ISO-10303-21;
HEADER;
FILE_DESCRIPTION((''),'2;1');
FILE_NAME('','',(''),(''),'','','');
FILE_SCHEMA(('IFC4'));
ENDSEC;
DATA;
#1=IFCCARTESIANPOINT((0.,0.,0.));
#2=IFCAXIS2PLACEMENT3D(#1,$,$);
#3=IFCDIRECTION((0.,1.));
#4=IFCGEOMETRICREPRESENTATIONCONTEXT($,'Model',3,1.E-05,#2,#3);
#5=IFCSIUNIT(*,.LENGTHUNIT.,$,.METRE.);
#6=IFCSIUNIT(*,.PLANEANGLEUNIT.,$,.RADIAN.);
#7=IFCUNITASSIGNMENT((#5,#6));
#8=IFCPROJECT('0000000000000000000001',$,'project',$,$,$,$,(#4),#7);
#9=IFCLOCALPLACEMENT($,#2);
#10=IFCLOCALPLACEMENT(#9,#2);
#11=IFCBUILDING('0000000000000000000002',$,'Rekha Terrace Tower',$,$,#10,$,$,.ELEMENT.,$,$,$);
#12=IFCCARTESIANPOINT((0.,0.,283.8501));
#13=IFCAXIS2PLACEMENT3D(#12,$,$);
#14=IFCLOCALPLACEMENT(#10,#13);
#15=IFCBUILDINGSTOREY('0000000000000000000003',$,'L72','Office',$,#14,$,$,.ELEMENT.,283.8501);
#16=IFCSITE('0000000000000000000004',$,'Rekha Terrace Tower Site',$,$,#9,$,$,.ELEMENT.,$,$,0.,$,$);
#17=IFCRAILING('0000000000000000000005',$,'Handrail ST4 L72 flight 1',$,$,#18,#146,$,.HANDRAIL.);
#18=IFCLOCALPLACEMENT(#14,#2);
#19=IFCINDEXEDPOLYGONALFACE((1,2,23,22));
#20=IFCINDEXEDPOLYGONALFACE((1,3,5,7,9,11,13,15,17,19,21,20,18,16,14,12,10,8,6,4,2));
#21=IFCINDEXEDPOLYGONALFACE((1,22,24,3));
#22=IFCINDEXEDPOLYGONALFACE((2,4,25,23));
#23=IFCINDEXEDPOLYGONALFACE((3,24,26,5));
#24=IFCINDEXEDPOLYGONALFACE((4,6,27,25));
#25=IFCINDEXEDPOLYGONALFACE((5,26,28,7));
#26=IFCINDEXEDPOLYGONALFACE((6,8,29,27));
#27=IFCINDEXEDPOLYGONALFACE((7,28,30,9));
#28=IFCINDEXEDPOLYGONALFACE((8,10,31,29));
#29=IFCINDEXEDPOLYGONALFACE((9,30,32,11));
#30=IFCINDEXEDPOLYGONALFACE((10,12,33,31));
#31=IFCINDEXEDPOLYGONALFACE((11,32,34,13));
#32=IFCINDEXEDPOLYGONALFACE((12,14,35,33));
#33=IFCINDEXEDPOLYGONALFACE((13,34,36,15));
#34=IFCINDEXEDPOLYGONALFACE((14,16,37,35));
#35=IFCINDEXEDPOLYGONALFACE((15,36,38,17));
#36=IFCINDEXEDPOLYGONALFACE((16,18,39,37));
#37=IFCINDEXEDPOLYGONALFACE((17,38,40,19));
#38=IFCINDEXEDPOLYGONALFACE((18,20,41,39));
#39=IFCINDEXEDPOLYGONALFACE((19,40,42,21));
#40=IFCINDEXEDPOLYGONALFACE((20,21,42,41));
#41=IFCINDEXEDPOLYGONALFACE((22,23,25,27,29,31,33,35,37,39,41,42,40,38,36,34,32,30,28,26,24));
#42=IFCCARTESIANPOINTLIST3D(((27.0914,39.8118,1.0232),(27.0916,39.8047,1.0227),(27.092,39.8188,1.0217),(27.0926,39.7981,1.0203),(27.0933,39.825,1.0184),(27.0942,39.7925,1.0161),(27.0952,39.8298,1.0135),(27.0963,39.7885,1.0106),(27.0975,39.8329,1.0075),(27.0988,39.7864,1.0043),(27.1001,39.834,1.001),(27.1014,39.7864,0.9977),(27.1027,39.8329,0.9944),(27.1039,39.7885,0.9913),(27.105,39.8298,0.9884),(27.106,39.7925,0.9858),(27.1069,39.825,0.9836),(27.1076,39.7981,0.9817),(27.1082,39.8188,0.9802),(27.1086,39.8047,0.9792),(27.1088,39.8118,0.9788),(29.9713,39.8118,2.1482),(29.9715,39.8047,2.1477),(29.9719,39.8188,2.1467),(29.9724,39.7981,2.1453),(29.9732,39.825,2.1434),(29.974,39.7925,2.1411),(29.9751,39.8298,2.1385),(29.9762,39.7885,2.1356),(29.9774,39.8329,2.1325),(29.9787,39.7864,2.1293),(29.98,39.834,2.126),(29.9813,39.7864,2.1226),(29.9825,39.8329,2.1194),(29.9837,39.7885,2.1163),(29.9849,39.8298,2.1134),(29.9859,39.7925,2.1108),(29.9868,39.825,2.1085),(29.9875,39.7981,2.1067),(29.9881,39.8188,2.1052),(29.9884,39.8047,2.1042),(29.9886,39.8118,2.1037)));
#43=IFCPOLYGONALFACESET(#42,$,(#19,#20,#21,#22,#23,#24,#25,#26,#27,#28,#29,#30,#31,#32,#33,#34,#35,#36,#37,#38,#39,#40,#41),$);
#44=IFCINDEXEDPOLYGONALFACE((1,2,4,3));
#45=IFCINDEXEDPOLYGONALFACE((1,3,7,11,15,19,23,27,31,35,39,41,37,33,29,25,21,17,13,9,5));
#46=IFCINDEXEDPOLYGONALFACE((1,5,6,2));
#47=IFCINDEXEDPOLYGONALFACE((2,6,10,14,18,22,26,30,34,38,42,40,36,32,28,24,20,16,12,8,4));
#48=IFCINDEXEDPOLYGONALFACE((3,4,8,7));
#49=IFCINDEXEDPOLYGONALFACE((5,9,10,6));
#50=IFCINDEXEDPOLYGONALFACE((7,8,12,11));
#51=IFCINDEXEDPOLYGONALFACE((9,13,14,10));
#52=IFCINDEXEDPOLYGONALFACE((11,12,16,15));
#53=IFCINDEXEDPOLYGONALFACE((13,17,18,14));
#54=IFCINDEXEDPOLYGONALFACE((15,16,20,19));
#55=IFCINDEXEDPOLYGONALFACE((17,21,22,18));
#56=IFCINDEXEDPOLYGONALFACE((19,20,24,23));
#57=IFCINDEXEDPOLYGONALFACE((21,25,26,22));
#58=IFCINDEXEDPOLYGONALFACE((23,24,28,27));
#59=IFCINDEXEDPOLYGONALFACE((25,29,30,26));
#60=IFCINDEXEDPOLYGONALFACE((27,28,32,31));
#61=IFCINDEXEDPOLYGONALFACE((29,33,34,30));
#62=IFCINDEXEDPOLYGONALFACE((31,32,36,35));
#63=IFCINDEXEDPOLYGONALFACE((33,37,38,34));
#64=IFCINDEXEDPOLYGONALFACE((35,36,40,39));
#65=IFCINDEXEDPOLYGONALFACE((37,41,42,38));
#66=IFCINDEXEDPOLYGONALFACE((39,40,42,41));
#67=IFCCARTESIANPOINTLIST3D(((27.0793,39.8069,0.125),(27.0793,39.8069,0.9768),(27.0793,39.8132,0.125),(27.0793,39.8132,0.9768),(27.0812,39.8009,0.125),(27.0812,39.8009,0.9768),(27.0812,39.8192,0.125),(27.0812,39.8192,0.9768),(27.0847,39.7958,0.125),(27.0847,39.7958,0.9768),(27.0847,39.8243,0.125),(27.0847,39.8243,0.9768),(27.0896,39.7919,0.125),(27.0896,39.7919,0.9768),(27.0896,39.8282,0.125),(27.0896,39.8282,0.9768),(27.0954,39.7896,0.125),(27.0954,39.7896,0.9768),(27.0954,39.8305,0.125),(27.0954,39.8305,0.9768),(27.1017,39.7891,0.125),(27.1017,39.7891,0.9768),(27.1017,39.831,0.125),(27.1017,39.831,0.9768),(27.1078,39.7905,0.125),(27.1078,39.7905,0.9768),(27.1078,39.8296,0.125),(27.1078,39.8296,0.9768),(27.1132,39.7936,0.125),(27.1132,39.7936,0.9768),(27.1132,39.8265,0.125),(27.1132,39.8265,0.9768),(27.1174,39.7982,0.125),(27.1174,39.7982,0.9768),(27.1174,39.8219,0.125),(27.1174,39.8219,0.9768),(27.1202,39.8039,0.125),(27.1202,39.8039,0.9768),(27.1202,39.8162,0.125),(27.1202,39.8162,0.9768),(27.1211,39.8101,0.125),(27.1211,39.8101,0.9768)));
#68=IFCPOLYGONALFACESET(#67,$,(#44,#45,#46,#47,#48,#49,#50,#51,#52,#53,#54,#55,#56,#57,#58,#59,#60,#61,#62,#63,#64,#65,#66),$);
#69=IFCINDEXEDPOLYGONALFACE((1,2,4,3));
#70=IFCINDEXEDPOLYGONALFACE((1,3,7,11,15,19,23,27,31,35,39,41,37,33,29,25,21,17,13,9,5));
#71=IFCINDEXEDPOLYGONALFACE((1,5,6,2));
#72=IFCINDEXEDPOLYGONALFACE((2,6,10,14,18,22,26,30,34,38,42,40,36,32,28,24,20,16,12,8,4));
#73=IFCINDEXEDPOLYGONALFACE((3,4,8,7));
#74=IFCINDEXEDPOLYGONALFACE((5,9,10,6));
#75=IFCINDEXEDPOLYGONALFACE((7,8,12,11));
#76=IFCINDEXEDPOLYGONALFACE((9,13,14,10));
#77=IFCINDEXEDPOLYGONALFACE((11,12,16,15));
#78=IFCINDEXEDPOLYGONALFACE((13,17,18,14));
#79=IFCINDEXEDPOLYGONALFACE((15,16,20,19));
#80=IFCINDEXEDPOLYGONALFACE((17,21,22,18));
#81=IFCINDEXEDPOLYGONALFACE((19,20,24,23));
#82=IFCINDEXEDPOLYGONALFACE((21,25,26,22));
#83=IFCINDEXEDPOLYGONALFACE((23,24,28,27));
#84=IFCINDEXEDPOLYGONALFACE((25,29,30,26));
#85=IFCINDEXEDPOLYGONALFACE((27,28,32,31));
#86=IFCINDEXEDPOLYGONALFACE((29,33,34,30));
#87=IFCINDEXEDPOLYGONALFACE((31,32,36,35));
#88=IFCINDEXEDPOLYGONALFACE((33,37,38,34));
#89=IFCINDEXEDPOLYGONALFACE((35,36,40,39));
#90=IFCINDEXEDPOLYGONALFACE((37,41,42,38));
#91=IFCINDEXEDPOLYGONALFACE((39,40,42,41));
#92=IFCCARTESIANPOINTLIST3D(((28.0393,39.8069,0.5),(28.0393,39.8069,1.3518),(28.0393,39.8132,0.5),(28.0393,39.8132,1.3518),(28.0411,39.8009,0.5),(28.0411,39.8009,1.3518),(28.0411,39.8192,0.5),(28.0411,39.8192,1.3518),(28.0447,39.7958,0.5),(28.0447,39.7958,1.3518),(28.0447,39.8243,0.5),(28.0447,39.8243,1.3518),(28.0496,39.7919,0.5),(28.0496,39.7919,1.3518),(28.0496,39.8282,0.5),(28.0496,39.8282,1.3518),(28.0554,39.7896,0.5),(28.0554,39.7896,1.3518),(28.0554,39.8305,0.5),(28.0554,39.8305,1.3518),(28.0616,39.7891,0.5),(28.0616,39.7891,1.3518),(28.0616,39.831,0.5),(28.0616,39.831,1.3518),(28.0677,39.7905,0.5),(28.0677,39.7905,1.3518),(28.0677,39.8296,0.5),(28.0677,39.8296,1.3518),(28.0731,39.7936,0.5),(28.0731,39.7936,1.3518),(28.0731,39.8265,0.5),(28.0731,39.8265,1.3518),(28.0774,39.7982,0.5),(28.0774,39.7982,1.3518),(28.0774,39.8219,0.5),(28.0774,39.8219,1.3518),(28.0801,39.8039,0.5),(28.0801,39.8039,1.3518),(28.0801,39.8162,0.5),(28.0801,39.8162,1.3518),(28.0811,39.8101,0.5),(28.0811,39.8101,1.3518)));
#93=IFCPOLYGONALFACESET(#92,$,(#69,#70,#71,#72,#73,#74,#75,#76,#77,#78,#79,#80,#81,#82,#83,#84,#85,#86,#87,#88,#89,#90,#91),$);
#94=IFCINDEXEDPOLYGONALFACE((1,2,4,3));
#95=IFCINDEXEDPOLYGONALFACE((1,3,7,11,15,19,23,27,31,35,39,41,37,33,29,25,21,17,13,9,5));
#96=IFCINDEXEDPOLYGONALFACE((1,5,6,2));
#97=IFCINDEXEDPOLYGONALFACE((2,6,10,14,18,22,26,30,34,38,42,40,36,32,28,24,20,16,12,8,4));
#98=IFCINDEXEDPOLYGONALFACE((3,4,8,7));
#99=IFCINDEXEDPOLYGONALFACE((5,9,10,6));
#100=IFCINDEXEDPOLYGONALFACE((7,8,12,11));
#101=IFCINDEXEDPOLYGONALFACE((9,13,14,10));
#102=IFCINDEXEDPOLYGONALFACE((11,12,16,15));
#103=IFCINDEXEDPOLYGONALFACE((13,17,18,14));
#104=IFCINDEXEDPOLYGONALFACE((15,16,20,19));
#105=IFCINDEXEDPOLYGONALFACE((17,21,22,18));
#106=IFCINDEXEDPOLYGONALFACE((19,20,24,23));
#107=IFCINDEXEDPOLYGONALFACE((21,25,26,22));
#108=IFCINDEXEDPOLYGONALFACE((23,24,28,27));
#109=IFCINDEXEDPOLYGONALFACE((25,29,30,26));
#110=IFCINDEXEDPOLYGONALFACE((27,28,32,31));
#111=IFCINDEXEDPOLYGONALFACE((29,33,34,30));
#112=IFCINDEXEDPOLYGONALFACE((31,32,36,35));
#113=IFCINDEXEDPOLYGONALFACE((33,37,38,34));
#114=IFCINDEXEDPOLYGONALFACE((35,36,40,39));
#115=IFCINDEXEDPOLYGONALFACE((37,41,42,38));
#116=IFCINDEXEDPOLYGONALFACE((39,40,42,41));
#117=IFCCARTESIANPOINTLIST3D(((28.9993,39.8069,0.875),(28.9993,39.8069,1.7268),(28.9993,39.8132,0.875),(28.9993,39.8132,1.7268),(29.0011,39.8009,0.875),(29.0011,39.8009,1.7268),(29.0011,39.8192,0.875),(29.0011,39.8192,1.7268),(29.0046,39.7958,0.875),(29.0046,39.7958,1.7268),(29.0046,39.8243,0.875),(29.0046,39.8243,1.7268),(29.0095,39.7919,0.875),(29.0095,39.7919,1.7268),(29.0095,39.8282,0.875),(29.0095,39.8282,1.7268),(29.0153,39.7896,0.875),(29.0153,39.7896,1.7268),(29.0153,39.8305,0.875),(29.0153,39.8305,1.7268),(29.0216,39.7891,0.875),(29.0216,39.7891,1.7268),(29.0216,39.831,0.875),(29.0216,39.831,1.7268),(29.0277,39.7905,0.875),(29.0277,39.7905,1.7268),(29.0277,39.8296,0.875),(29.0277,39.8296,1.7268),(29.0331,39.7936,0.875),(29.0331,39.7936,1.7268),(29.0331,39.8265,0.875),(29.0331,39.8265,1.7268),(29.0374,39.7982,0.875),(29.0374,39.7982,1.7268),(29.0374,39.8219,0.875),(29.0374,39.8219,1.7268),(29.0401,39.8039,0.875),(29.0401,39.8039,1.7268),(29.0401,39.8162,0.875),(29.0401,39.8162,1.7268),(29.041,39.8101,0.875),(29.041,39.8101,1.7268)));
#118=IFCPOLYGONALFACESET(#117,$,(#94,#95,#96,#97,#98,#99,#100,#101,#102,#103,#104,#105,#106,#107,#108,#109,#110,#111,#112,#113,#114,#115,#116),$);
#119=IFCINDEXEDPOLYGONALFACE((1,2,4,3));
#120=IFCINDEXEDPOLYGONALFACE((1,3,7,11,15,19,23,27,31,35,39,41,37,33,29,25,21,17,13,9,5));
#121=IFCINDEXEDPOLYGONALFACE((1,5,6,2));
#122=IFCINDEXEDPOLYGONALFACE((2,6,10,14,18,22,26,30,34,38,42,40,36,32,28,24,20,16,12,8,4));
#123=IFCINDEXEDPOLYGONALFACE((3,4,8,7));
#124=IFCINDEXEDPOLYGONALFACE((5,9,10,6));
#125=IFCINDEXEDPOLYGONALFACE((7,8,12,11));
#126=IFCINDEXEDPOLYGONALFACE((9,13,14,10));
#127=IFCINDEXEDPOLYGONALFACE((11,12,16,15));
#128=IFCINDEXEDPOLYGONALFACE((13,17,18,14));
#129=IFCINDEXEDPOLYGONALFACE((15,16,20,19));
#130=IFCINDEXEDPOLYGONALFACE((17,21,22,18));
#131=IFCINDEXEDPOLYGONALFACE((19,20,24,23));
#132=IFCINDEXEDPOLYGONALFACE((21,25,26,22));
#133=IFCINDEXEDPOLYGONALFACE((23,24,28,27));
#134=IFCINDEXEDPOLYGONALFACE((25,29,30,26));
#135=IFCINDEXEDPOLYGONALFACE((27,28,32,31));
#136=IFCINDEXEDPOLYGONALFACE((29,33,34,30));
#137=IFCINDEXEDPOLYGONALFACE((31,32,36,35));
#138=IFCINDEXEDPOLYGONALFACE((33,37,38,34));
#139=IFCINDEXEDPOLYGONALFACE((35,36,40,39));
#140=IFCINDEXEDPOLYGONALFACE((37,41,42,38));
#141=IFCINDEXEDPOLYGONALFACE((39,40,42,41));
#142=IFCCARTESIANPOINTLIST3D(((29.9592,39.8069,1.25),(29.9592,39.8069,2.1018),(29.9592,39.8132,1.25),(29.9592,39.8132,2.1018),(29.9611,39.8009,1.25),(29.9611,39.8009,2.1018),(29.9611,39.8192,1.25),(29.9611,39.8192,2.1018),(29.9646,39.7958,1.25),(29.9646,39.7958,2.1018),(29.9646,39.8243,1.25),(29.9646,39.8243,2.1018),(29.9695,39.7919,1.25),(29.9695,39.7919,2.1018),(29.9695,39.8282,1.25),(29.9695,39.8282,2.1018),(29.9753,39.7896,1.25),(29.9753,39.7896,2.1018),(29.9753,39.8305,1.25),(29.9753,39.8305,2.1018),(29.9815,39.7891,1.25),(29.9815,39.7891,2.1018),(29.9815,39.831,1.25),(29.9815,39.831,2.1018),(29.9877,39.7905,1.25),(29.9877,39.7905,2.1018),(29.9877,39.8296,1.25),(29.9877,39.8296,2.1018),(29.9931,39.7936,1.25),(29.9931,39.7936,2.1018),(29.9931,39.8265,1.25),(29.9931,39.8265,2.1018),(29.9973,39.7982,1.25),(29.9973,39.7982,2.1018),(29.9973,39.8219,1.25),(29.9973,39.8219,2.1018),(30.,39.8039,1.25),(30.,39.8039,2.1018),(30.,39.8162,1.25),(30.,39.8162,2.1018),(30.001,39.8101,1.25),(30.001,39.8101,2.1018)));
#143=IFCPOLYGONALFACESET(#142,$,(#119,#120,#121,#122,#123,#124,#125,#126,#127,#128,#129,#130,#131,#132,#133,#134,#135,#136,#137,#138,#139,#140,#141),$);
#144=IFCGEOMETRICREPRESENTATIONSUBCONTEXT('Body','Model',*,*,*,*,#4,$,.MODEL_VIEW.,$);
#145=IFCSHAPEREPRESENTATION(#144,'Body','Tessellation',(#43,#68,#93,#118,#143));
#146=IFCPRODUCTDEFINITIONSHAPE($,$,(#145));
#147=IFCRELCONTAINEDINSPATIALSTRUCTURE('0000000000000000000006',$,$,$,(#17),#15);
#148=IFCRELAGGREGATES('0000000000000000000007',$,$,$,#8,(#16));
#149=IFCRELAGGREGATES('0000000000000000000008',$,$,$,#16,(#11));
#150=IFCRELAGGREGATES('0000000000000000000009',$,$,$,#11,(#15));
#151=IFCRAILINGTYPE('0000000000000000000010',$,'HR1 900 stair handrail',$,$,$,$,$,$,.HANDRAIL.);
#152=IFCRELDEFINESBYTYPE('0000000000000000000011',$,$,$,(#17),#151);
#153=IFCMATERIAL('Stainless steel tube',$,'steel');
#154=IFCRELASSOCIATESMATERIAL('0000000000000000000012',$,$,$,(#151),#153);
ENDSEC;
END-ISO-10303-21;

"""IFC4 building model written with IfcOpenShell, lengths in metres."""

from ifc_helpers import new_model, si_unit, direction, frame, origin, origin_2d, place, context, subcontext, project, spatial, circle, extrude, material, type_object, element, save


model = new_model("IFC4")

# Units and contexts
model_context = context("Model", 3, precision=1e-05, world=origin(), true_north=direction((0.0, 1.0)))
body_context = subcontext(model_context, "Body", "Model", "MODEL_VIEW")
ifc_project = project(units=[si_unit("LENGTHUNIT", "METRE"), si_unit("PLANEANGLEUNIT", "RADIAN")], contexts=[model_context])

# Site, building, storey
site_placement = place(None, origin())
site = spatial("IfcSite", under=ifc_project, at=site_placement, Name="Rekha Terrace Tower Site", CompositionType="ELEMENT", RefElevation=0.0)
building_placement = place(site_placement, origin())
building = spatial("IfcBuilding", under=site, at=building_placement, Name="Rekha Terrace Tower", CompositionType="ELEMENT")
storey_placement = place(building_placement, frame((0.0, 0.0, 283.8501)))
storey = spatial("IfcBuildingStorey", under=building, at=storey_placement, Name="L72", Description="Office", CompositionType="ELEMENT", Elevation=283.8501)

# Railing
ifc_material_1 = material(Name="Stainless steel tube", Category="steel")
railing_type_1 = type_object("IfcRailingType", Name="HR1 900 stair handrail", PredefinedType="HANDRAIL", material=ifc_material_1)
railing_1_placement = place(storey_placement, frame((27.1001, 39.8101, 0.125)))
element("IfcRailing", 1, at=railing_1_placement, inside=storey, type_object=railing_type_1, Name="Handrail ST4 L72 flight 1", PredefinedType="HANDRAIL", context=body_context, shape_type="SweptSolid", body=[
    extrude(circle(Radius=0.0239, at=origin_2d()), frame((0.0, 0.0, 0.876), z_axis=(0.931452, 0.0, 0.363863), x_axis=(0.0, 1.0, 0.0)), (0.0, 0.0, 1.0), 3.0918),
    extrude(circle(Radius=0.021, at=origin_2d()), origin(), (0.0, 0.0, 1.0), 0.8518),
    extrude(circle(Radius=0.021, at=origin_2d()), frame((0.96, 0.0, 0.375)), (0.0, 0.0, 1.0), 0.8518),
    extrude(circle(Radius=0.021, at=origin_2d()), frame((1.9199, 0.0, 0.75)), (0.0, 0.0, 1.0), 0.8518),
    extrude(circle(Radius=0.021, at=origin_2d()), frame((2.8799, 0.0, 1.125)), (0.0, 0.0, 1.0), 0.8518),
])

save(model, "model.ifc")
